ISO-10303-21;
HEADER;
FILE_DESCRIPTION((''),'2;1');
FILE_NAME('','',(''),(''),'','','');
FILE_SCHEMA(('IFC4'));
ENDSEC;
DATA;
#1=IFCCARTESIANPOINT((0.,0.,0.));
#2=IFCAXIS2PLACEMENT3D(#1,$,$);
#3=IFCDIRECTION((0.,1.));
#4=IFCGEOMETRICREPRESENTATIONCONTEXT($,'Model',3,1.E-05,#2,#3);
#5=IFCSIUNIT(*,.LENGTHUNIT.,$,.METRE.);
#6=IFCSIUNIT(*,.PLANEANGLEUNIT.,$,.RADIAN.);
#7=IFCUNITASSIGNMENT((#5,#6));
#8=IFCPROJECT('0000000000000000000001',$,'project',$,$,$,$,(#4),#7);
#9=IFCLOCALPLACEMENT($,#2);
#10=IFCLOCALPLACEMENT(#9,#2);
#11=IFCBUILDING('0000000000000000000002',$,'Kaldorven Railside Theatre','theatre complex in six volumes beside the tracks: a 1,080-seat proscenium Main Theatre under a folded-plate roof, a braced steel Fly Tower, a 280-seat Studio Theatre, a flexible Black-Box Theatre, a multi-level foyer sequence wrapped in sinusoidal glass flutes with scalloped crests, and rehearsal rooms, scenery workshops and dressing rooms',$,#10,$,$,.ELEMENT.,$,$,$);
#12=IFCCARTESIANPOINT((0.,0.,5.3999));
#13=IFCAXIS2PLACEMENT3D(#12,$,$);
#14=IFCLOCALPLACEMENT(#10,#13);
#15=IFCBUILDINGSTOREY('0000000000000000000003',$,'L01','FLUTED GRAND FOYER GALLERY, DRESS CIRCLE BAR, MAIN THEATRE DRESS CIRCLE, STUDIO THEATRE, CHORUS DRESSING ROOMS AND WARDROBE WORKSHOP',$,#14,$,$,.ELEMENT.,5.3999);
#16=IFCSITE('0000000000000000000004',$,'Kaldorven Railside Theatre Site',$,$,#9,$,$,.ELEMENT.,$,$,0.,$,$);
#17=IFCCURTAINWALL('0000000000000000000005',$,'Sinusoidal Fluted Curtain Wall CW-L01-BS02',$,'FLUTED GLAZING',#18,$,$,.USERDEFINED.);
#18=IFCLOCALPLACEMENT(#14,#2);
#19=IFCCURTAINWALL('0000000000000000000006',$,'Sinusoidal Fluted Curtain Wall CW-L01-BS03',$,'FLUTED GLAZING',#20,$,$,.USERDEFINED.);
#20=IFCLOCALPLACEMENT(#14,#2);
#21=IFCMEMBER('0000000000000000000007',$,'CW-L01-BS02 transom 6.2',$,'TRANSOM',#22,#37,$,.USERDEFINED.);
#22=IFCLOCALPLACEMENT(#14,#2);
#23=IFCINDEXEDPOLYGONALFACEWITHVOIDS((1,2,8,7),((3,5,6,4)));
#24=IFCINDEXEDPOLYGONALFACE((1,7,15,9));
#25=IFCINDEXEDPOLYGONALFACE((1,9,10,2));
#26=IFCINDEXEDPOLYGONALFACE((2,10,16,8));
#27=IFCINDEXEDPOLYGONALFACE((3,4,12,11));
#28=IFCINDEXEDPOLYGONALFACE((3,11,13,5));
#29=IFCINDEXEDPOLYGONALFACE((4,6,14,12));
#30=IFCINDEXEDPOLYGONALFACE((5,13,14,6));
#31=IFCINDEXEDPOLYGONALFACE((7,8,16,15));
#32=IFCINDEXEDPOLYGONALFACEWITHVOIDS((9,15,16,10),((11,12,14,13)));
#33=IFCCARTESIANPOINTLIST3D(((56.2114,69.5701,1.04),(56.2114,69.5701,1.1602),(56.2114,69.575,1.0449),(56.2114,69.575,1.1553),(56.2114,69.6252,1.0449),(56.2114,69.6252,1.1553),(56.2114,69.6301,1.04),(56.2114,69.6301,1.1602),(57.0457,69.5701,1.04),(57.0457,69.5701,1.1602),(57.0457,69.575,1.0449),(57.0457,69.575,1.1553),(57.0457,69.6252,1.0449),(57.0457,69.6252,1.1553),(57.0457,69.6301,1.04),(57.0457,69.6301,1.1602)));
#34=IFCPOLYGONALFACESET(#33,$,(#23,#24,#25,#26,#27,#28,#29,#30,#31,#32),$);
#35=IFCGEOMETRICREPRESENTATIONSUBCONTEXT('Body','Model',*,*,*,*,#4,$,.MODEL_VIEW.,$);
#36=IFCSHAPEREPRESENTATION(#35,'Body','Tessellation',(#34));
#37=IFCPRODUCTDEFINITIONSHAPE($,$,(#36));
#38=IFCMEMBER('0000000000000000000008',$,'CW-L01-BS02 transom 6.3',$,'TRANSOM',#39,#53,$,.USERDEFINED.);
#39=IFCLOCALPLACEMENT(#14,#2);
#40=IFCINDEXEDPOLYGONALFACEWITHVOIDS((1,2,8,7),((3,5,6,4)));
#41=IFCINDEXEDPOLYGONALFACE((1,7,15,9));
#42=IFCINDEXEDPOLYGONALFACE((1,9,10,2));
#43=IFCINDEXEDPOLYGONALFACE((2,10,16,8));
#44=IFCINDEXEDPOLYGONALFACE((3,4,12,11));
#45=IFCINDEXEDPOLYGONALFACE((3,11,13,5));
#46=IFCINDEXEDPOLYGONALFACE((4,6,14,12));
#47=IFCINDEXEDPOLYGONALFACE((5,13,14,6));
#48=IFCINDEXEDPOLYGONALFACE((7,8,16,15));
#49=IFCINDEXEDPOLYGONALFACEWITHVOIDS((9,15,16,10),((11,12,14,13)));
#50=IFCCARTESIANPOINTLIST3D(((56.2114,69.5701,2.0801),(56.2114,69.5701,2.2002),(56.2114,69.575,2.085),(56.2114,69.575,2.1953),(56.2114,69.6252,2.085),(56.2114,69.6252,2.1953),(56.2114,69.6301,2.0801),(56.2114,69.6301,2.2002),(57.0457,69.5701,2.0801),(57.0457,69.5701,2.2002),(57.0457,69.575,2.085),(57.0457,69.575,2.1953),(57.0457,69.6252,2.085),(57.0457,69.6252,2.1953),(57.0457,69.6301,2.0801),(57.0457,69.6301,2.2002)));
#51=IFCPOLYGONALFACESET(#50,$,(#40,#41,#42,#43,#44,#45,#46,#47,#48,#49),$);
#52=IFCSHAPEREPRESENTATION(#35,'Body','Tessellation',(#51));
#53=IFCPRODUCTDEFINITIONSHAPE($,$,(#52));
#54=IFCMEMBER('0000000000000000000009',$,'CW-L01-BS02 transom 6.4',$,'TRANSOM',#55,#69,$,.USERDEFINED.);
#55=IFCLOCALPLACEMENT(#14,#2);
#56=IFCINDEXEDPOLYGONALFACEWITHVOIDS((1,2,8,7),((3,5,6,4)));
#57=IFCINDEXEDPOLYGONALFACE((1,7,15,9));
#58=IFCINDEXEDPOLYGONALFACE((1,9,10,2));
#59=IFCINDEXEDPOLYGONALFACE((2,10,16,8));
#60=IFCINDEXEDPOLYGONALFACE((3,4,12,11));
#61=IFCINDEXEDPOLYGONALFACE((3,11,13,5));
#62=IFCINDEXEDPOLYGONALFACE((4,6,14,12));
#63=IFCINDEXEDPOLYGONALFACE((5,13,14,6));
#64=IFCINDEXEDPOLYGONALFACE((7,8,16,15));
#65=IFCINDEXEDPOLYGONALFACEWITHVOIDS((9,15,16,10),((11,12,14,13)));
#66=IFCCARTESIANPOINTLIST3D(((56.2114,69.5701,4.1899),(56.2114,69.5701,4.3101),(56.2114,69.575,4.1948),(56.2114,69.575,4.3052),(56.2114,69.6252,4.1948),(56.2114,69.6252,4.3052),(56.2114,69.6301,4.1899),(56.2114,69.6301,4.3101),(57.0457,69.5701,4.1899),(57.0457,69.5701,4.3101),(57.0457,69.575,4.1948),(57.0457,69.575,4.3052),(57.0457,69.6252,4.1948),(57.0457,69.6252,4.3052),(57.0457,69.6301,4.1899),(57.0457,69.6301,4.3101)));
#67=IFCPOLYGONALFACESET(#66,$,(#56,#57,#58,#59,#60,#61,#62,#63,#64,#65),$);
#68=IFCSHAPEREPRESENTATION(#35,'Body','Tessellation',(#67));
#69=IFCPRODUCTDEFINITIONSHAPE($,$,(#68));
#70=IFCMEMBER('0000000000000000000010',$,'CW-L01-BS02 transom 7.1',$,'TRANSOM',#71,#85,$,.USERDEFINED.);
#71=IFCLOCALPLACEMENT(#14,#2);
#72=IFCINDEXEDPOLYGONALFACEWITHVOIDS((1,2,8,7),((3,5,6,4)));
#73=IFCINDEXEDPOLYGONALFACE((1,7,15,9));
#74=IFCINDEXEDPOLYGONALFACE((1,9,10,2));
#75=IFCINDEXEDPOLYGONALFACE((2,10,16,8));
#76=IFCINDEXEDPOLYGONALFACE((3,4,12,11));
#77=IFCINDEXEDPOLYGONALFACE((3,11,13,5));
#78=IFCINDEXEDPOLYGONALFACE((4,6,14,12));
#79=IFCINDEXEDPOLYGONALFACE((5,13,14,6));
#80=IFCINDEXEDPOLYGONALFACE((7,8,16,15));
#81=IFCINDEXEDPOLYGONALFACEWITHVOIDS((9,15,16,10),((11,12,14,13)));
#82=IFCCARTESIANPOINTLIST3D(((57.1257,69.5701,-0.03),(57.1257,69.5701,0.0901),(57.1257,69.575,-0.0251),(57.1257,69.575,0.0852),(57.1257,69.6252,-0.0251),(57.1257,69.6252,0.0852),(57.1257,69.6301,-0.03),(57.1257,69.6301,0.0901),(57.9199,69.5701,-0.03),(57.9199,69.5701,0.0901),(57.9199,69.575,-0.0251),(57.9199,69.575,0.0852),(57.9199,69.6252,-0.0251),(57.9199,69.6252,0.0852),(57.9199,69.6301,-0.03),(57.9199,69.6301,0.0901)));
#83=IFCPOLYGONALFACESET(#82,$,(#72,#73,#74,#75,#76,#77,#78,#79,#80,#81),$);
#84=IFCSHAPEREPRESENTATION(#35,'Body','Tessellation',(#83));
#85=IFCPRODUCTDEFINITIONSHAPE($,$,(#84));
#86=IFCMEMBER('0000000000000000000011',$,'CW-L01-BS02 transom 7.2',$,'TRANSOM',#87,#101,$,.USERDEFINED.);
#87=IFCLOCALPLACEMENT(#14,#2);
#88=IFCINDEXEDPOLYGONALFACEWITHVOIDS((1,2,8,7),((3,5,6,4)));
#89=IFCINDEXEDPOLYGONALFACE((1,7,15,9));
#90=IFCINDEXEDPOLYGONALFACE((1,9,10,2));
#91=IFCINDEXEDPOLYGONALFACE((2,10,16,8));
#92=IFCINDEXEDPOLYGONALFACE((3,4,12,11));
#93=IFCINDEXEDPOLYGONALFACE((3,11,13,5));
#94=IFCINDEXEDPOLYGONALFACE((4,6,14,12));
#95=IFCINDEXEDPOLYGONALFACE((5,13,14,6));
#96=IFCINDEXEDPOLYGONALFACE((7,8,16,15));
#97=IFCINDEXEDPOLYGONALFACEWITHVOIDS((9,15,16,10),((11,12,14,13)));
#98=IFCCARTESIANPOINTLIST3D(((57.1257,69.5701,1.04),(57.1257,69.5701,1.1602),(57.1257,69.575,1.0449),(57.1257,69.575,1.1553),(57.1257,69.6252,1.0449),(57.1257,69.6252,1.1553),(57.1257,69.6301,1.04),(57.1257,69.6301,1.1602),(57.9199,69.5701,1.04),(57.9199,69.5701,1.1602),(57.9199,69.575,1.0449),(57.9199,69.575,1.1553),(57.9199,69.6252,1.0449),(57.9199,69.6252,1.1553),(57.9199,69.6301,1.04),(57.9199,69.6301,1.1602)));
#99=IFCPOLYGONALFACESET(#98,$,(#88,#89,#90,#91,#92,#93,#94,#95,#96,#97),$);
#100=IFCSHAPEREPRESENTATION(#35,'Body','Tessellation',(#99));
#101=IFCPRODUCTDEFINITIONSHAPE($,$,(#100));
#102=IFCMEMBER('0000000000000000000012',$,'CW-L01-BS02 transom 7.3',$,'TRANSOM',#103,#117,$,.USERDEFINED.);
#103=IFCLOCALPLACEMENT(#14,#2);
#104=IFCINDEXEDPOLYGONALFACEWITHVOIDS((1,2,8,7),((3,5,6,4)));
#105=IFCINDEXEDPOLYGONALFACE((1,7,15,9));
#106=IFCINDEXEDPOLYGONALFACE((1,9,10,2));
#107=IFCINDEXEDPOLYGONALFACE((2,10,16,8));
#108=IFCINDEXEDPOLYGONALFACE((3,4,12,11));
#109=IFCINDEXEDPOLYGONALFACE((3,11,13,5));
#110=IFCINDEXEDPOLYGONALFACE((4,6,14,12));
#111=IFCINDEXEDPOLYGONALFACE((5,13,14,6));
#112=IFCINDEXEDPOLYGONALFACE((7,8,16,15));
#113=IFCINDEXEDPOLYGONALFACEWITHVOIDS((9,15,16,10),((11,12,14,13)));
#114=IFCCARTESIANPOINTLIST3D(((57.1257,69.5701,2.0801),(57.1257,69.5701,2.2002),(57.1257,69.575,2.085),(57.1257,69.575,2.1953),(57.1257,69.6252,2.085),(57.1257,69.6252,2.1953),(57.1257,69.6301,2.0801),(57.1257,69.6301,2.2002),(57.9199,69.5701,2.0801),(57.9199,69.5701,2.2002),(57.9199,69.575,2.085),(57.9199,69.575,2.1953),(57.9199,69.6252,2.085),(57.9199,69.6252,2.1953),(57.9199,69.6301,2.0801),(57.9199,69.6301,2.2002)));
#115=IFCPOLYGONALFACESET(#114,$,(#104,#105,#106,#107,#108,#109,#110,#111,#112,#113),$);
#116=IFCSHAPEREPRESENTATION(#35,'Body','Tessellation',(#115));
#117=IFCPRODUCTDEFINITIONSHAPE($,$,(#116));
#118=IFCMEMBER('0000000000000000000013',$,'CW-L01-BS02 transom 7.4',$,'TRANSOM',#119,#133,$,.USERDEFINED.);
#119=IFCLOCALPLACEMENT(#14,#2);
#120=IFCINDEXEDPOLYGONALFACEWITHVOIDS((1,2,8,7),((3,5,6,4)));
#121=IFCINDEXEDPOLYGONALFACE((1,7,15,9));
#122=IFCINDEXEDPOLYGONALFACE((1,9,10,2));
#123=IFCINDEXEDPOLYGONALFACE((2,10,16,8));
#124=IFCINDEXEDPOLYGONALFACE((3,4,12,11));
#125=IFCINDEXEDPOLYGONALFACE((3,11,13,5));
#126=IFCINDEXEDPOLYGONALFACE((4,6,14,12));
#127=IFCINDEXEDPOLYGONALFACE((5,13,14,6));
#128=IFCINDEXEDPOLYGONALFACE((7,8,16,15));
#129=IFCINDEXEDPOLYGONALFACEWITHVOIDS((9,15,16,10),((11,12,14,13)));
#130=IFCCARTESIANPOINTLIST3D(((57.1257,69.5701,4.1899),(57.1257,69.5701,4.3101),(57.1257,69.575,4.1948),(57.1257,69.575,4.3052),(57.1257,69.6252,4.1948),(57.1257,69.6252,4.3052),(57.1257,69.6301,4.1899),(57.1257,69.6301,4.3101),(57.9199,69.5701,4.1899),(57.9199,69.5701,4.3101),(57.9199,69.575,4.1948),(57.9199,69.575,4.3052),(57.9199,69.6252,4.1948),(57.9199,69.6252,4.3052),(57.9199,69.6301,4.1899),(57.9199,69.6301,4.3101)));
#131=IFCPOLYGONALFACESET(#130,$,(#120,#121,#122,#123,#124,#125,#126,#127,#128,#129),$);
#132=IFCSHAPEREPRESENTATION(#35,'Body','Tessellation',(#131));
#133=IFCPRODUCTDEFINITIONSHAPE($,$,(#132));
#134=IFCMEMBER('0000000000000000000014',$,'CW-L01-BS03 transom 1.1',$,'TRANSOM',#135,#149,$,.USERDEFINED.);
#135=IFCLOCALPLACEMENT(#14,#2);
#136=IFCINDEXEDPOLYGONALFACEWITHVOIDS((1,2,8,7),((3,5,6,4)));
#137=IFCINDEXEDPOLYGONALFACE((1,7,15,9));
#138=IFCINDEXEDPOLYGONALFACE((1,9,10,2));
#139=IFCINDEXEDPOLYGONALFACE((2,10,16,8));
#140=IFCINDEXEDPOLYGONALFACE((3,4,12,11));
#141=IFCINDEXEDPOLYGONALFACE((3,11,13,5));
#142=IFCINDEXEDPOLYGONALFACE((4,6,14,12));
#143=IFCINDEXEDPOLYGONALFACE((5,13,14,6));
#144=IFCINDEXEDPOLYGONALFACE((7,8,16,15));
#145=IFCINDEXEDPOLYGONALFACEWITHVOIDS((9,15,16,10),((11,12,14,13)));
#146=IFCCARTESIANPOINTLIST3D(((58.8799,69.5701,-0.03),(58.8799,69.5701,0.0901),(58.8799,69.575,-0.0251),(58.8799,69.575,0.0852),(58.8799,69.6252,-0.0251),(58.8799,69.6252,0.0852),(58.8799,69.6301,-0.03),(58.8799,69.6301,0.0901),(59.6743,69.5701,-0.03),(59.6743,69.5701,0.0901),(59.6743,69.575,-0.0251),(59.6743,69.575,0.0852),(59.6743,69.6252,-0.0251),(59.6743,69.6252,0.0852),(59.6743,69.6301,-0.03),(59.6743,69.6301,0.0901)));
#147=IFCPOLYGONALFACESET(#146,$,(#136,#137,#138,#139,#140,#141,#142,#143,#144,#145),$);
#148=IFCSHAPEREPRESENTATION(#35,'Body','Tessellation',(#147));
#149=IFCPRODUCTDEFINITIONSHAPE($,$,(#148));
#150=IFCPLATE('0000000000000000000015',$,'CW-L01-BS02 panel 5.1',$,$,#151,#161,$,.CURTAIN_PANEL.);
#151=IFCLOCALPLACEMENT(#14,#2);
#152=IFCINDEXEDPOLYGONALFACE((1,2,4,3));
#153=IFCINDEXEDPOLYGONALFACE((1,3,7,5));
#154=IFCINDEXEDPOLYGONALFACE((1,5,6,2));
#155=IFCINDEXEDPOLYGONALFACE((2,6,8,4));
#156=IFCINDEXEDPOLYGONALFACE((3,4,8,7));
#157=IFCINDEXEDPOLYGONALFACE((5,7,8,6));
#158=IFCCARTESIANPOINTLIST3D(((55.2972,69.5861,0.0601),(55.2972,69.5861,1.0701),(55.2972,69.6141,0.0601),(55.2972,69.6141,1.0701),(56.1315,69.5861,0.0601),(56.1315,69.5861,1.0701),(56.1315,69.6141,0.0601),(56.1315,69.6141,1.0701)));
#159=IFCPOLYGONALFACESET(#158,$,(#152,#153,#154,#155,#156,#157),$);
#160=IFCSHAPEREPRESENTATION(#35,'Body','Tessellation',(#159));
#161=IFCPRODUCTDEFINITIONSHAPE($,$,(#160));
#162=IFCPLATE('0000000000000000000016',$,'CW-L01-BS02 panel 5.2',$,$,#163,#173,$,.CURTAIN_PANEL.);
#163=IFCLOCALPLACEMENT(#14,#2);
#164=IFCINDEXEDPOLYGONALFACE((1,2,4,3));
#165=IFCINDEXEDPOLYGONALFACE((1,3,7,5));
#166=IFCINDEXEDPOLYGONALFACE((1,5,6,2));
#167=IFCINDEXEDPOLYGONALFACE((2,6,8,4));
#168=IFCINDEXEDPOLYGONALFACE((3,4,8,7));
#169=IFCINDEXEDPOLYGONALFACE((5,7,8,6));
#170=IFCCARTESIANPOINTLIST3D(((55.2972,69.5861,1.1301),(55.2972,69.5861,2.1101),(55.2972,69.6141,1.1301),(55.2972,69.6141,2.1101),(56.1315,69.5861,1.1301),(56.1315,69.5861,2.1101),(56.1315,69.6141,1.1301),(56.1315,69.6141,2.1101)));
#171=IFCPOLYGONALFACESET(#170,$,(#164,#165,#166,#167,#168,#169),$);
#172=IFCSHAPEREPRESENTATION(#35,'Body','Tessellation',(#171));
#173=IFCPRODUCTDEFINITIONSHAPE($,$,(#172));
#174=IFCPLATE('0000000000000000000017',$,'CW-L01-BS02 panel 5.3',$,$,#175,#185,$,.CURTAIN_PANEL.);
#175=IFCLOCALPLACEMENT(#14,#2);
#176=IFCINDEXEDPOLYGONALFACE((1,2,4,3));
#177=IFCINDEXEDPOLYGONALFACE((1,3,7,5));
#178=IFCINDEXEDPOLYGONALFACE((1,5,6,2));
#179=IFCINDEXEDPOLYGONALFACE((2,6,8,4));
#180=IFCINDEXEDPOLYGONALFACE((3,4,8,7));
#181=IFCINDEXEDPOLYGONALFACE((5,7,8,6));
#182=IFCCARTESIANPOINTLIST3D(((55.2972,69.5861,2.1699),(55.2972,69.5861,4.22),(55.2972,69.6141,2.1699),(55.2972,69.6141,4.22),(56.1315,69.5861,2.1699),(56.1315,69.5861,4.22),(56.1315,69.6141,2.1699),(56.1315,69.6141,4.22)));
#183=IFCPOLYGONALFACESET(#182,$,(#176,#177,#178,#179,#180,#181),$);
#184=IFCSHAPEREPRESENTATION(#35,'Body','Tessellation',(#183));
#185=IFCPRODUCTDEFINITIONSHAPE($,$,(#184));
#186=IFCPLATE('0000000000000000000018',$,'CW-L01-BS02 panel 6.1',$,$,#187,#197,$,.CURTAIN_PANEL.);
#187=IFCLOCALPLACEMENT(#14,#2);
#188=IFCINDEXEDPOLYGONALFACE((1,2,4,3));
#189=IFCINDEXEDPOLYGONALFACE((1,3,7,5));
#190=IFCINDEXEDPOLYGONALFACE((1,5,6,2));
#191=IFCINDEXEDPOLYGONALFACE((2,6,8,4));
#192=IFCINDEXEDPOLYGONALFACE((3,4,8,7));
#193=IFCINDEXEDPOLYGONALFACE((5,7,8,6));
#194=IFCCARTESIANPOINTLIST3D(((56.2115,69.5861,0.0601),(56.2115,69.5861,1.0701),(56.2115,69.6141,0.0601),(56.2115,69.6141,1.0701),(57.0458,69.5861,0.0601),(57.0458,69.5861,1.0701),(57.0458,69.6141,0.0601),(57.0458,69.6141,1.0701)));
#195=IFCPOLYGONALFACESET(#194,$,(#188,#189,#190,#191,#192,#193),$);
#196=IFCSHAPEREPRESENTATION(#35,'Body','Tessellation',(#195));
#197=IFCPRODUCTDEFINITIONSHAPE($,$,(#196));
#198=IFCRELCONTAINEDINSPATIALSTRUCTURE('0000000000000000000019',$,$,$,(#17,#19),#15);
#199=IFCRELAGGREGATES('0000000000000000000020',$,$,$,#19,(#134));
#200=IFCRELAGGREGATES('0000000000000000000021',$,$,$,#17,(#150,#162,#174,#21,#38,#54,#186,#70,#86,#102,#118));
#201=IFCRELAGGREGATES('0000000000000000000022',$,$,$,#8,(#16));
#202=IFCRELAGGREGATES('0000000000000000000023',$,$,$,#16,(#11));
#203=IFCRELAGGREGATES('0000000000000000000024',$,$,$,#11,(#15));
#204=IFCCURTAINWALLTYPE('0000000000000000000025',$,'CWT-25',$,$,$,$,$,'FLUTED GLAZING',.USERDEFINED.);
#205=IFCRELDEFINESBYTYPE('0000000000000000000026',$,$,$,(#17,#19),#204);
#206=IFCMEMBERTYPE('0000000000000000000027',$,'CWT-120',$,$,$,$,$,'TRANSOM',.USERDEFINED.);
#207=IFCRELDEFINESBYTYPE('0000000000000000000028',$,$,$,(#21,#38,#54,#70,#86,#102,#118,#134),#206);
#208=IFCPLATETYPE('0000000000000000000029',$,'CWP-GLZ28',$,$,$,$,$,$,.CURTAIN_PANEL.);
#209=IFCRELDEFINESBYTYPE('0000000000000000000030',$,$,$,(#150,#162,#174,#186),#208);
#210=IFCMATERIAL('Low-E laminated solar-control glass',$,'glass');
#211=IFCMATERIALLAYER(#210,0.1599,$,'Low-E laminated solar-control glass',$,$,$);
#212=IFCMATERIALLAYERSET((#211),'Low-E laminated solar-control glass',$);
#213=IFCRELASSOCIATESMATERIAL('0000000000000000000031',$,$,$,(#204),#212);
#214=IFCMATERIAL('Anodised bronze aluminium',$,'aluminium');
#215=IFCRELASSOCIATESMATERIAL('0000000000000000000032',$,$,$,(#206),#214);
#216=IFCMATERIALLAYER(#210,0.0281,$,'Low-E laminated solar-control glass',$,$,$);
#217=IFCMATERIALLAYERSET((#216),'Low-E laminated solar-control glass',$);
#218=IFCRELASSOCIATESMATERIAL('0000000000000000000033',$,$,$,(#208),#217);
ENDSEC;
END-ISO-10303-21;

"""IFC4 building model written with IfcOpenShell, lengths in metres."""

from ifc_helpers import new_model, si_unit, direction, frame, origin, origin_2d, place, context, subcontext, project, spatial, rectangle, hollow_rectangle, extrude, material, layer, layer_set, material_profile, profile_set, type_object, element, aggregate, save


model = new_model("IFC4")

# Units and contexts
model_context = context("Model", 3, precision=1e-05, world=origin(), true_north=direction((0.0, 1.0)))
body_context = subcontext(model_context, "Body", "Model", "MODEL_VIEW")
ifc_project = project(units=[si_unit("LENGTHUNIT", "METRE"), si_unit("PLANEANGLEUNIT", "RADIAN")], contexts=[model_context])

# Site, building, storey
site_placement = place(None, origin())
site = spatial("IfcSite", under=ifc_project, at=site_placement, Name="Kaldorven Railside Theatre Site", CompositionType="ELEMENT", RefElevation=0.0)
building_placement = place(site_placement, origin())
building = spatial("IfcBuilding", under=site, at=building_placement, Name="Kaldorven Railside Theatre", Description="theatre complex in six volumes beside the tracks: a 1,080-seat proscenium Main Theatre under a folded-plate roof, a braced steel Fly Tower, a 280-seat Studio Theatre, a flexible Black-Box Theatre, a multi-level foyer sequence wrapped in sinusoidal glass flutes with scalloped crests, and rehearsal rooms, scenery workshops and dressing rooms", CompositionType="ELEMENT")
storey_placement = place(building_placement, frame((0.0, 0.0, 5.3999)))
storey = spatial("IfcBuildingStorey", under=building, at=storey_placement, Name="L01", Description="FLUTED GRAND FOYER GALLERY, DRESS CIRCLE BAR, MAIN THEATRE DRESS CIRCLE, STUDIO THEATRE, CHORUS DRESSING ROOMS AND WARDROBE WORKSHOP", CompositionType="ELEMENT", Elevation=5.3999)

# Curtain wall
ifc_material_1 = material(Name="Low-E laminated solar-control glass", Category="glass")
ifc_layer_1 = layer(ifc_material_1, 0.1599, Name="Low-E laminated solar-control glass")
ifc_layer_set_1 = layer_set([ifc_layer_1], Name="Low-E laminated solar-control glass")
curtain_wall_type = type_object("IfcCurtainWallType", Name="CWT-25", ElementType="FLUTED GLAZING", PredefinedType="USERDEFINED", material=ifc_layer_set_1)
curtain_wall_1_placement = place(storey_placement, origin())
curtain_wall_1 = element("IfcCurtainWall", 1, at=curtain_wall_1_placement, inside=storey, type_object=curtain_wall_type, Name="Sinusoidal Fluted Curtain Wall CW-L01-BS02", ObjectType="FLUTED GLAZING", PredefinedType="USERDEFINED")
ifc_material_2 = material(Name="Anodised bronze aluminium", Category="aluminium")

# Curtain wall
curtain_wall_2_placement = place(storey_placement, origin())
curtain_wall_2 = element("IfcCurtainWall", 2, at=curtain_wall_2_placement, inside=storey, type_object=curtain_wall_type, Name="Sinusoidal Fluted Curtain Wall CW-L01-BS03", ObjectType="FLUTED GLAZING", PredefinedType="USERDEFINED")

# Members
ifc_material_profile_1 = material_profile(ifc_material_2, hollow_rectangle(XDim=0.0601, YDim=0.1201, WallThickness=0.0049, at=origin_2d()), Name="RHS 120x60x5")
ifc_profile_set_1 = profile_set([ifc_material_profile_1], Name="Anodised bronze aluminium")
member_type_1 = type_object("IfcMemberType", Name="CWT-120", ElementType="TRANSOM", PredefinedType="USERDEFINED", material=ifc_profile_set_1)
member_1_placement = place(storey_placement, frame((56.2114, 69.6001, 1.1001), z_axis=(1.0, 0.0, 0.0), x_axis=(0.0, 1.0, 0.0)))
member_1 = element("IfcMember", 3, at=member_1_placement, type_object=member_type_1, Name="CW-L01-BS02 transom 6.2", ObjectType="TRANSOM", PredefinedType="USERDEFINED", context=body_context, shape_type="SweptSolid", body=[
    extrude(hollow_rectangle(XDim=0.0601, YDim=0.1201, WallThickness=0.0049, at=origin_2d()), origin(), (0.0, 0.0, 1.0), 0.8342),
])
member_2_placement = place(storey_placement, frame((56.2114, 69.6001, 2.1401), z_axis=(1.0, 0.0, 0.0), x_axis=(0.0, 1.0, 0.0)))
member_2 = element("IfcMember", 4, at=member_2_placement, type_object=member_type_1, Name="CW-L01-BS02 transom 6.3", ObjectType="TRANSOM", PredefinedType="USERDEFINED", context=body_context, shape_type="SweptSolid", body=[
    extrude(hollow_rectangle(XDim=0.0601, YDim=0.1201, WallThickness=0.0049, at=origin_2d()), origin(), (0.0, 0.0, 1.0), 0.8342),
])
member_3_placement = place(storey_placement, frame((56.2114, 69.6001, 4.25), z_axis=(1.0, 0.0, 0.0), x_axis=(0.0, 1.0, 0.0)))
member_3 = element("IfcMember", 5, at=member_3_placement, type_object=member_type_1, Name="CW-L01-BS02 transom 6.4", ObjectType="TRANSOM", PredefinedType="USERDEFINED", context=body_context, shape_type="SweptSolid", body=[
    extrude(hollow_rectangle(XDim=0.0601, YDim=0.1201, WallThickness=0.0049, at=origin_2d()), origin(), (0.0, 0.0, 1.0), 0.8342),
])
member_4_placement = place(storey_placement, frame((57.1257, 69.6001, 0.03), z_axis=(1.0, 0.0, 0.0), x_axis=(0.0, 1.0, 0.0)))
member_4 = element("IfcMember", 6, at=member_4_placement, type_object=member_type_1, Name="CW-L01-BS02 transom 7.1", ObjectType="TRANSOM", PredefinedType="USERDEFINED", context=body_context, shape_type="SweptSolid", body=[
    extrude(hollow_rectangle(XDim=0.0601, YDim=0.1201, WallThickness=0.0049, at=origin_2d()), origin(), (0.0, 0.0, 1.0), 0.7942),
])
member_5_placement = place(storey_placement, frame((57.1257, 69.6001, 1.1001), z_axis=(1.0, 0.0, 0.0), x_axis=(0.0, 1.0, 0.0)))
member_5 = element("IfcMember", 7, at=member_5_placement, type_object=member_type_1, Name="CW-L01-BS02 transom 7.2", ObjectType="TRANSOM", PredefinedType="USERDEFINED", context=body_context, shape_type="SweptSolid", body=[
    extrude(hollow_rectangle(XDim=0.0601, YDim=0.1201, WallThickness=0.0049, at=origin_2d()), origin(), (0.0, 0.0, 1.0), 0.7942),
])
member_6_placement = place(storey_placement, frame((57.1257, 69.6001, 2.1401), z_axis=(1.0, 0.0, 0.0), x_axis=(0.0, 1.0, 0.0)))
member_6 = element("IfcMember", 8, at=member_6_placement, type_object=member_type_1, Name="CW-L01-BS02 transom 7.3", ObjectType="TRANSOM", PredefinedType="USERDEFINED", context=body_context, shape_type="SweptSolid", body=[
    extrude(hollow_rectangle(XDim=0.0601, YDim=0.1201, WallThickness=0.0049, at=origin_2d()), origin(), (0.0, 0.0, 1.0), 0.7942),
])
member_7_placement = place(storey_placement, frame((57.1257, 69.6001, 4.25), z_axis=(1.0, 0.0, 0.0), x_axis=(0.0, 1.0, 0.0)))
member_7 = element("IfcMember", 9, at=member_7_placement, type_object=member_type_1, Name="CW-L01-BS02 transom 7.4", ObjectType="TRANSOM", PredefinedType="USERDEFINED", context=body_context, shape_type="SweptSolid", body=[
    extrude(hollow_rectangle(XDim=0.0601, YDim=0.1201, WallThickness=0.0049, at=origin_2d()), origin(), (0.0, 0.0, 1.0), 0.7942),
])
member_8_placement = place(storey_placement, frame((58.8799, 69.6001, 0.03), z_axis=(1.0, 0.0, 0.0), x_axis=(0.0, 1.0, 0.0)))
member_8 = element("IfcMember", 10, at=member_8_placement, type_object=member_type_1, Name="CW-L01-BS03 transom 1.1", ObjectType="TRANSOM", PredefinedType="USERDEFINED", context=body_context, shape_type="SweptSolid", body=[
    extrude(hollow_rectangle(XDim=0.0601, YDim=0.1201, WallThickness=0.0049, at=origin_2d()), origin(), (0.0, 0.0, 1.0), 0.7944),
])
aggregate(curtain_wall_2, [member_8])

# Plates
ifc_layer_2 = layer(ifc_material_1, 0.0281, Name="Low-E laminated solar-control glass")
ifc_layer_set_2 = layer_set([ifc_layer_2], Name="Low-E laminated solar-control glass")
plate_type = type_object("IfcPlateType", Name="CWP-GLZ28", PredefinedType="CURTAIN_PANEL", material=ifc_layer_set_2)
plate_1_placement = place(storey_placement, frame((55.7144, 69.6001, 0.0601), z_axis=(0.0, 0.0, 1.0), x_axis=(1.0, 0.0, 0.0)))
plate_1 = element("IfcPlate", 11, at=plate_1_placement, type_object=plate_type, Name="CW-L01-BS02 panel 5.1", PredefinedType="CURTAIN_PANEL", context=body_context, shape_type="SweptSolid", body=[
    extrude(rectangle(XDim=0.8342, YDim=0.0281, at=origin_2d()), origin(), (0.0, 0.0, 1.0), 1.01),
])
plate_2_placement = place(storey_placement, frame((55.7144, 69.6001, 1.1301), z_axis=(0.0, 0.0, 1.0), x_axis=(1.0, 0.0, 0.0)))
plate_2 = element("IfcPlate", 12, at=plate_2_placement, type_object=plate_type, Name="CW-L01-BS02 panel 5.2", PredefinedType="CURTAIN_PANEL", context=body_context, shape_type="SweptSolid", body=[
    extrude(rectangle(XDim=0.8342, YDim=0.0281, at=origin_2d()), origin(), (0.0, 0.0, 1.0), 0.98),
])
plate_3_placement = place(storey_placement, frame((55.7144, 69.6001, 2.1699), z_axis=(0.0, 0.0, 1.0), x_axis=(1.0, 0.0, 0.0)))
plate_3 = element("IfcPlate", 13, at=plate_3_placement, type_object=plate_type, Name="CW-L01-BS02 panel 5.3", PredefinedType="CURTAIN_PANEL", context=body_context, shape_type="SweptSolid", body=[
    extrude(rectangle(XDim=0.8342, YDim=0.0281, at=origin_2d()), origin(), (0.0, 0.0, 1.0), 2.05),
])
plate_4_placement = place(storey_placement, frame((56.6287, 69.6001, 0.0601), z_axis=(0.0, 0.0, 1.0), x_axis=(1.0, 0.0, 0.0)))
plate_4 = element("IfcPlate", 14, at=plate_4_placement, type_object=plate_type, Name="CW-L01-BS02 panel 6.1", PredefinedType="CURTAIN_PANEL", context=body_context, shape_type="SweptSolid", body=[
    extrude(rectangle(XDim=0.8342, YDim=0.0281, at=origin_2d()), origin(), (0.0, 0.0, 1.0), 1.01),
])
aggregate(curtain_wall_1, [plate_1, plate_2, plate_3, member_1, member_2, member_3, plate_4, member_4, member_5, member_6, member_7])

save(model, "model.ifc")
